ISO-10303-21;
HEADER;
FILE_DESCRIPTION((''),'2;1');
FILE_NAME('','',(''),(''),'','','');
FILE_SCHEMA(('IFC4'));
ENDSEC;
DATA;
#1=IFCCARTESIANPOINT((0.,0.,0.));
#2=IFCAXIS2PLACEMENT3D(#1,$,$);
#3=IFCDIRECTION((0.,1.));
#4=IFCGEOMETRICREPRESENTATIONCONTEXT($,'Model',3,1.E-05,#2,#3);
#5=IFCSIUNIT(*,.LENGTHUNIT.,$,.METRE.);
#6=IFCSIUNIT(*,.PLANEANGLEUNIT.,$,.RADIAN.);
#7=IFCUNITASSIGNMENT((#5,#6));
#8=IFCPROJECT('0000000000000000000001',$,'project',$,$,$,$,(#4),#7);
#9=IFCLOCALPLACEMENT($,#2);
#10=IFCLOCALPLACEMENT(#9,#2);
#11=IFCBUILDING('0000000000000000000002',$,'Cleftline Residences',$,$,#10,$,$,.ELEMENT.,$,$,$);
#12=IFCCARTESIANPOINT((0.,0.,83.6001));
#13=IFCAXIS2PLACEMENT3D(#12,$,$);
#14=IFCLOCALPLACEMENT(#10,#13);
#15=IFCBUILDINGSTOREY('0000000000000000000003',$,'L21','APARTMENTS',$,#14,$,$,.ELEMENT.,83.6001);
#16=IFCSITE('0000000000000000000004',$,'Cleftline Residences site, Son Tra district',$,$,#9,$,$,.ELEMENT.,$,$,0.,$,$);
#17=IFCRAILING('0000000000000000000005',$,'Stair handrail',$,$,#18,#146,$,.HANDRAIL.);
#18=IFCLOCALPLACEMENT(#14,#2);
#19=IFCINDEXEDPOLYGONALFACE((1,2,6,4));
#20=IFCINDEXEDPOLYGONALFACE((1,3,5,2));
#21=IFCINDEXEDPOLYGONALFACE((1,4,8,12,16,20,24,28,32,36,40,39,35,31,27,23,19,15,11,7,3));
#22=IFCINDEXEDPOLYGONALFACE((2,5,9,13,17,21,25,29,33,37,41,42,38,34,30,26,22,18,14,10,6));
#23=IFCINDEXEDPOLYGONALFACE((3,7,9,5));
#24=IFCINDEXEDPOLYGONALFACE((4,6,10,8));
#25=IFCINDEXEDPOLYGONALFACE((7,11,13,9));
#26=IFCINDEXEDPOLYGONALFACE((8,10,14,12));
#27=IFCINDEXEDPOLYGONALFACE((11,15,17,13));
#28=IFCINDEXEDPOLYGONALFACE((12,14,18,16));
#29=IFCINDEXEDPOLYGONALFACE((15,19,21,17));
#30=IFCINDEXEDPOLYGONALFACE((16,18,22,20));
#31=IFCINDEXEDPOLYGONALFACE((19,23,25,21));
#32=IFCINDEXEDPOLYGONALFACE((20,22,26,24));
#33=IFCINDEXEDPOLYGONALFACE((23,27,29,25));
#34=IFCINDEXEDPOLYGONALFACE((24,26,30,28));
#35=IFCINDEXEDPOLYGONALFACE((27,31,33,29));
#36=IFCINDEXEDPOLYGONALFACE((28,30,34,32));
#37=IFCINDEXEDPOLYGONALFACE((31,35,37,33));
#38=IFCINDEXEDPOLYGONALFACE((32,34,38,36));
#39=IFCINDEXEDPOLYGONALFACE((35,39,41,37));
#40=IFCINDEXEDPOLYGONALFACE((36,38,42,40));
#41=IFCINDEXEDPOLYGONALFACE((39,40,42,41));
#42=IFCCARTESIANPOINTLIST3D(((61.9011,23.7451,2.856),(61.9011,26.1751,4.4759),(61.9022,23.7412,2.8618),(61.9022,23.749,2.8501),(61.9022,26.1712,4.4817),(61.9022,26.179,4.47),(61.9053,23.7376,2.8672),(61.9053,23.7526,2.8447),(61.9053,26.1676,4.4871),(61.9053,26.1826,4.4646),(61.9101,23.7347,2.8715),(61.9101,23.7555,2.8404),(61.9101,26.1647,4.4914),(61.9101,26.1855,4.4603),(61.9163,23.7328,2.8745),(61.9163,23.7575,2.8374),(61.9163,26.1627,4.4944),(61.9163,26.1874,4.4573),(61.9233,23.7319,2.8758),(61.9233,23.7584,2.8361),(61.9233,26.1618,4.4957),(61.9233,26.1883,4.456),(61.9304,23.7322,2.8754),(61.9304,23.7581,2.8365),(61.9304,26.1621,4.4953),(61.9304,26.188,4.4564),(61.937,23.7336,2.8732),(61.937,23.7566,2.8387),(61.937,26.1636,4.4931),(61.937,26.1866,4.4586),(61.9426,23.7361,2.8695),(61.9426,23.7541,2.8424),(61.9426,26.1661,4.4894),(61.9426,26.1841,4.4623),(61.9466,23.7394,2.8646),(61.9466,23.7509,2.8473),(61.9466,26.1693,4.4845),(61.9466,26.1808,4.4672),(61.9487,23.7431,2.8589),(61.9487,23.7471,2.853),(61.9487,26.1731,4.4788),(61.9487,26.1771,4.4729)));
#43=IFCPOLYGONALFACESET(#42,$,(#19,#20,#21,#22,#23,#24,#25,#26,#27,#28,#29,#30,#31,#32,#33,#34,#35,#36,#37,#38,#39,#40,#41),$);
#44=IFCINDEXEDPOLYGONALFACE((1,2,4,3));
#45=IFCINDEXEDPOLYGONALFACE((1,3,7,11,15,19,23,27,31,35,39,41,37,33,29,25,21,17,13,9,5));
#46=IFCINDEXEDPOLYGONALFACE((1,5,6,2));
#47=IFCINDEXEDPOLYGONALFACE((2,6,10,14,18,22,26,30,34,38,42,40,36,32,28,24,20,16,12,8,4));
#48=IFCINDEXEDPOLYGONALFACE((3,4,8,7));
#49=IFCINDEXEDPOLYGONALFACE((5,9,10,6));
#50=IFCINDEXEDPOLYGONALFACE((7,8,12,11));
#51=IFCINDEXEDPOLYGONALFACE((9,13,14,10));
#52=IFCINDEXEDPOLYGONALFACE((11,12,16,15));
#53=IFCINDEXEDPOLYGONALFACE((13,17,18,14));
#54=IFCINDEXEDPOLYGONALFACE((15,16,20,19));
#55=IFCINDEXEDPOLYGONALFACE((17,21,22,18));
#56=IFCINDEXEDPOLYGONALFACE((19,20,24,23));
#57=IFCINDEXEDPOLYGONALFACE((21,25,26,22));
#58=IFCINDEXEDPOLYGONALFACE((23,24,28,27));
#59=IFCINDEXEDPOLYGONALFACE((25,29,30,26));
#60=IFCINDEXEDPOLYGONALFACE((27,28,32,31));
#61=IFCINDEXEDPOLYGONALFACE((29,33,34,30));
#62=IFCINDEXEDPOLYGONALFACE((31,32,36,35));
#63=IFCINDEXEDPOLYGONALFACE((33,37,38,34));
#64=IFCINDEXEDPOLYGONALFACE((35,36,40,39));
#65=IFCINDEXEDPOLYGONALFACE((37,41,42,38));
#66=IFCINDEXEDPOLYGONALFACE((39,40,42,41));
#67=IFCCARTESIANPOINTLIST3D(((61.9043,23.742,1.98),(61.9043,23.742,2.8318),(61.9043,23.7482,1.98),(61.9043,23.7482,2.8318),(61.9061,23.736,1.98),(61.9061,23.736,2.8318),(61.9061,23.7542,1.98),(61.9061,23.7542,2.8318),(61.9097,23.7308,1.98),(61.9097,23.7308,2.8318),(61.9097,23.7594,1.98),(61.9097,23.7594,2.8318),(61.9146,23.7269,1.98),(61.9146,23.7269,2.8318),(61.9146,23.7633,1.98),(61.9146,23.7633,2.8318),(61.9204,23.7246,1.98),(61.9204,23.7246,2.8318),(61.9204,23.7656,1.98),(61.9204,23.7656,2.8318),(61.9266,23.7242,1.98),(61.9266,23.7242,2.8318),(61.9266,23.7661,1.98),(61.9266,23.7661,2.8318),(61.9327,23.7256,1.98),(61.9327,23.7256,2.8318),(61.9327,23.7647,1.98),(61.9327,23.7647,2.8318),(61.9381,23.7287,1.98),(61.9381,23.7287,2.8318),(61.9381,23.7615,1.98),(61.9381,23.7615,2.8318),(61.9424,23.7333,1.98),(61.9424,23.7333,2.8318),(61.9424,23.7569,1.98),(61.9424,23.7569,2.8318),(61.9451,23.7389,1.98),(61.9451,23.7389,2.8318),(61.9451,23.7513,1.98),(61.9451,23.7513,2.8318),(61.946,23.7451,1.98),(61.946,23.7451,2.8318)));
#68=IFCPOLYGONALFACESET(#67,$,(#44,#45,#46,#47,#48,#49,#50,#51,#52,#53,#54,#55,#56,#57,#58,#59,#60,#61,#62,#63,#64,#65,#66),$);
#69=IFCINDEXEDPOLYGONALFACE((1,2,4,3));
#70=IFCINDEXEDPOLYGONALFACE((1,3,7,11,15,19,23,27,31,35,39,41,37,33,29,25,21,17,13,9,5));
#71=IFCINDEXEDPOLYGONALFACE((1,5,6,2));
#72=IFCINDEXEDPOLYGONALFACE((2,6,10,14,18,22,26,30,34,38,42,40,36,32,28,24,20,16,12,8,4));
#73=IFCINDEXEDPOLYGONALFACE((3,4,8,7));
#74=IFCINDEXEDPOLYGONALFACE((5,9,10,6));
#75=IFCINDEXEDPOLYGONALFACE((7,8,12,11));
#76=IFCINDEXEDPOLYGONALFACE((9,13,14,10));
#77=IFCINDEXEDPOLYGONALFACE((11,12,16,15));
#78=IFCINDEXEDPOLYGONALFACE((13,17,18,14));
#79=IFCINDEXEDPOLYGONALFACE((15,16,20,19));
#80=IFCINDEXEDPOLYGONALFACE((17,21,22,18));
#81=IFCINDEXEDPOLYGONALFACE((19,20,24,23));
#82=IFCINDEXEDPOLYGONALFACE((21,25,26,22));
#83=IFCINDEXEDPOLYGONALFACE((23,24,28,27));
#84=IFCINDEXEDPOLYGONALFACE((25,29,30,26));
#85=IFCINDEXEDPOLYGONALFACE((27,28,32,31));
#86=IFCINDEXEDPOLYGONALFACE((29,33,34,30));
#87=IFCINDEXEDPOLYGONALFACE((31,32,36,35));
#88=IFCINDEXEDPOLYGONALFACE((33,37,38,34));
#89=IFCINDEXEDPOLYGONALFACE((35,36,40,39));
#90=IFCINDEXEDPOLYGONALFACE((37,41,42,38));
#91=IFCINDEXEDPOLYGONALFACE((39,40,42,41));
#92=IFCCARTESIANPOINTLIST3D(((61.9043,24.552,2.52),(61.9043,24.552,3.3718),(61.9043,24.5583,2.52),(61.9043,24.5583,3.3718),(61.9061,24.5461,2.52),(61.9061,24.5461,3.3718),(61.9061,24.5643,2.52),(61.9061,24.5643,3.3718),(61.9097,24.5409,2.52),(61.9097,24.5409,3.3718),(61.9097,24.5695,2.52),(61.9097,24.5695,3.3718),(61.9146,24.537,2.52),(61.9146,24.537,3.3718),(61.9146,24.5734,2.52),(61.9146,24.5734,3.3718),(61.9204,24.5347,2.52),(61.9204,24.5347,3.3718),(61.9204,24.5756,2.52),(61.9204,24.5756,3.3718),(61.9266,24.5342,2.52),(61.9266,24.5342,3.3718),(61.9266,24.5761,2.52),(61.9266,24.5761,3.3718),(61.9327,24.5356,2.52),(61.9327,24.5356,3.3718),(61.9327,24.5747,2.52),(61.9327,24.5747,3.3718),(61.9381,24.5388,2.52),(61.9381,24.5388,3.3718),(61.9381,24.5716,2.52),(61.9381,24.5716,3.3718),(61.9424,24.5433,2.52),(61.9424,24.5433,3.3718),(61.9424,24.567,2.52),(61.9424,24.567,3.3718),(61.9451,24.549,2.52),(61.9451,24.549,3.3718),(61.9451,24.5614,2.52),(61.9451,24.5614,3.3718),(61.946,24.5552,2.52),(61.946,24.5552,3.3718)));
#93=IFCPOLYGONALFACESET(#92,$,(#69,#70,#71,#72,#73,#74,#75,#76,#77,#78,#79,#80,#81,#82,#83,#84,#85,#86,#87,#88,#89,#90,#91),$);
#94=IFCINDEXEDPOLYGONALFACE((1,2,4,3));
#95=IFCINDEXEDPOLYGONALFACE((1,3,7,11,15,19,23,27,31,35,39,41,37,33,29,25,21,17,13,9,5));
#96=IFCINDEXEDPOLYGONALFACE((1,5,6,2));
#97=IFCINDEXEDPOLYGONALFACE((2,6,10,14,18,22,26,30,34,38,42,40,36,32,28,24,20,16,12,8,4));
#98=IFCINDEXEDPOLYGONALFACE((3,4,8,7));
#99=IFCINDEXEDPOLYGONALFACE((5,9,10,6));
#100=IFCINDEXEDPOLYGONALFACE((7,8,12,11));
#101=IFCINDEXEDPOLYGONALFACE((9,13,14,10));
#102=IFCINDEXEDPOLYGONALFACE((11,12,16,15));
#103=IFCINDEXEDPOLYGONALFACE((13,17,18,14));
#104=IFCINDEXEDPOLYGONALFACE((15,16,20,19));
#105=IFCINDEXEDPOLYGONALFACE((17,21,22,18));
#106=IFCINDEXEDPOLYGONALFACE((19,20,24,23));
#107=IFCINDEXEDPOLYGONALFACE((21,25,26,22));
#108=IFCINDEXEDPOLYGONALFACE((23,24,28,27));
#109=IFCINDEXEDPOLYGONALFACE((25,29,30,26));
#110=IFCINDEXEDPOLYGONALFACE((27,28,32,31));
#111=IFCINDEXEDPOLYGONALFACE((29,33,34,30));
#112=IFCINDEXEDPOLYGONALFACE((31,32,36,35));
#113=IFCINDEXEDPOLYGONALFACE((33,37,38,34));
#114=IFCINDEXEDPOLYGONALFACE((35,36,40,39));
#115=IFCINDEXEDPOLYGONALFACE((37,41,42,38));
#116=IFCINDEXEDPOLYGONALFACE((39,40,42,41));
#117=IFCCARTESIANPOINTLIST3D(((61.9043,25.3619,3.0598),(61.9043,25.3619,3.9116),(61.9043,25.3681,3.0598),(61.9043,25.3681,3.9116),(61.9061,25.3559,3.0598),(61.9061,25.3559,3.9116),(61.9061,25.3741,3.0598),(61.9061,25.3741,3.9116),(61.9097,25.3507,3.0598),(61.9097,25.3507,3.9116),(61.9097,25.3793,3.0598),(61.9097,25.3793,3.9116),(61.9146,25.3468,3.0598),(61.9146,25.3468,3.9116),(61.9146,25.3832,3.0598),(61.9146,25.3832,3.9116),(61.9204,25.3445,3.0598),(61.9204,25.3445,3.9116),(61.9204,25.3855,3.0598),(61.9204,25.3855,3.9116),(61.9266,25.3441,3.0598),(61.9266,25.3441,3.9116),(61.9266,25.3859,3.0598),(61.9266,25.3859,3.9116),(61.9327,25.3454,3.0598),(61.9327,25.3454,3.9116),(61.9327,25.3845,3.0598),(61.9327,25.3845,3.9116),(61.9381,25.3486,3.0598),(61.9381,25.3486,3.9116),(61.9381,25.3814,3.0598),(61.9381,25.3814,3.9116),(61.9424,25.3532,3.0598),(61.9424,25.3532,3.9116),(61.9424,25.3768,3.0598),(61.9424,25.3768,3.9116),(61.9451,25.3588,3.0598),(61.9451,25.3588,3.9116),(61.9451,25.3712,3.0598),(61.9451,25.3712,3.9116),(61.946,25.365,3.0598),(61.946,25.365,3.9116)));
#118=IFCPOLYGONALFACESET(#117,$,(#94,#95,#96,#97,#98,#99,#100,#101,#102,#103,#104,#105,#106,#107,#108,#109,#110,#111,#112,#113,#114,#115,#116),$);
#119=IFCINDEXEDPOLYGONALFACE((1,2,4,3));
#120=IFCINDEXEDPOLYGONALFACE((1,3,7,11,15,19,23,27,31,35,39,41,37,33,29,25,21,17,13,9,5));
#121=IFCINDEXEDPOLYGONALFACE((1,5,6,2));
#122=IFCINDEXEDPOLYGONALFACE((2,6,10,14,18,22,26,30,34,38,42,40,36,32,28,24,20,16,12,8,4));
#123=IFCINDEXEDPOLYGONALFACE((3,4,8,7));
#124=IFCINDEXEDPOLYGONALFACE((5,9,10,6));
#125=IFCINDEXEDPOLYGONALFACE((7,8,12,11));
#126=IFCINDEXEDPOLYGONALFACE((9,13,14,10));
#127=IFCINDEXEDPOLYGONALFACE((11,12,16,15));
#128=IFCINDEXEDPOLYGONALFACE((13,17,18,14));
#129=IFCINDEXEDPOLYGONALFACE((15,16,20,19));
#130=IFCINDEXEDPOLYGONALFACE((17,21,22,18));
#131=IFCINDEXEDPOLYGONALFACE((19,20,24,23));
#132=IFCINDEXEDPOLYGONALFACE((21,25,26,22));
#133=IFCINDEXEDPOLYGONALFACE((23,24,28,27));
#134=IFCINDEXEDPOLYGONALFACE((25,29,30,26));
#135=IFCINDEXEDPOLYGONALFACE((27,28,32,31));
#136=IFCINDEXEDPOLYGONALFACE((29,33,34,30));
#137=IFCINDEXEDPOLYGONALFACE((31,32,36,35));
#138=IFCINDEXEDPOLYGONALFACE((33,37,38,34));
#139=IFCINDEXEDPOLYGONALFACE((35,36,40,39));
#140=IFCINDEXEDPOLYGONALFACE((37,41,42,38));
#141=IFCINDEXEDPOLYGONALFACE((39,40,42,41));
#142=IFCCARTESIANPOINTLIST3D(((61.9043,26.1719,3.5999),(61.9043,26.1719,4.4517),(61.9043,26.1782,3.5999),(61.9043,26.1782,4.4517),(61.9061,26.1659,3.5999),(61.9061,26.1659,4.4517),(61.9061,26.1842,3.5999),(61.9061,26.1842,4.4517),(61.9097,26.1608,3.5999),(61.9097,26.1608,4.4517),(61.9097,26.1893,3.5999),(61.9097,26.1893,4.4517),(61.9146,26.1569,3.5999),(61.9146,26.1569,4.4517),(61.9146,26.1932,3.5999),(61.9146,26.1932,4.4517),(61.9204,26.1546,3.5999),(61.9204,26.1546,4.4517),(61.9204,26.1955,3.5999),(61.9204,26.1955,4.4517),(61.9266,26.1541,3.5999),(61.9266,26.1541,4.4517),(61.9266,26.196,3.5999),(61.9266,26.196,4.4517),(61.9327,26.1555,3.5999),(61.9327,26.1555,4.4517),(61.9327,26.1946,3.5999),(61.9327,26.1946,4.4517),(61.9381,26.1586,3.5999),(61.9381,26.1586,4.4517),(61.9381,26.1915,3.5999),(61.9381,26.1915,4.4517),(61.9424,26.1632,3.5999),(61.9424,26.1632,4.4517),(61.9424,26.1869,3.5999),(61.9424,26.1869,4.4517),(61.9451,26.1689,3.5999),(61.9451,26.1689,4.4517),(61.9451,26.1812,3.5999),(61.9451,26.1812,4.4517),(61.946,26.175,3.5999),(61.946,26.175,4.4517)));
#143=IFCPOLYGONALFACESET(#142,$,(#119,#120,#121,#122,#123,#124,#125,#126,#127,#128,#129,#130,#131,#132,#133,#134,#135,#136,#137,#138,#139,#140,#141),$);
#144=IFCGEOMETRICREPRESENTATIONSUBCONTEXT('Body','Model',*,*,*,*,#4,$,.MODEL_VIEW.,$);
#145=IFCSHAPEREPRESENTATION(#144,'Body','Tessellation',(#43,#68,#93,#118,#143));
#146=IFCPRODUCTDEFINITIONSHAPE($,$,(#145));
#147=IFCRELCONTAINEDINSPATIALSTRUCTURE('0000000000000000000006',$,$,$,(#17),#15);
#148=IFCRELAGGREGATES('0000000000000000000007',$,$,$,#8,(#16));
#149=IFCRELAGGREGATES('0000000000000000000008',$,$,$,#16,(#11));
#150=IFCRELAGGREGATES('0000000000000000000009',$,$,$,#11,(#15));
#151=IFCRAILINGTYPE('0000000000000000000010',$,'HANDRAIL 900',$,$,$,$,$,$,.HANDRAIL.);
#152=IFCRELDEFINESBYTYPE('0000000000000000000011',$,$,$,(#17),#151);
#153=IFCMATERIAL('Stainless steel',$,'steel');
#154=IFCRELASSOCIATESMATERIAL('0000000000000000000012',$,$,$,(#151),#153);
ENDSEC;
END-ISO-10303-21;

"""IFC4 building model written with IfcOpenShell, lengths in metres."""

from ifc_helpers import new_model, si_unit, direction, frame, origin, origin_2d, place, context, subcontext, project, spatial, circle, extrude, material, type_object, element, save


model = new_model("IFC4")

# Units and contexts
model_context = context("Model", 3, precision=1e-05, world=origin(), true_north=direction((0.0, 1.0)))
body_context = subcontext(model_context, "Body", "Model", "MODEL_VIEW")
ifc_project = project(units=[si_unit("LENGTHUNIT", "METRE"), si_unit("PLANEANGLEUNIT", "RADIAN")], contexts=[model_context])

# Site, building, storey
site_placement = place(None, origin())
site = spatial("IfcSite", under=ifc_project, at=site_placement, Name="Cleftline Residences site, Son Tra district", CompositionType="ELEMENT", RefElevation=0.0)
building_placement = place(site_placement, origin())
building = spatial("IfcBuilding", under=site, at=building_placement, Name="Cleftline Residences", CompositionType="ELEMENT")
storey_placement = place(building_placement, frame((0.0, 0.0, 83.6001)))
storey = spatial("IfcBuildingStorey", under=building, at=storey_placement, Name="L21", Description="APARTMENTS", CompositionType="ELEMENT", Elevation=83.6001)

# Railing
ifc_material_1 = material(Name="Stainless steel", Category="steel")
railing_type = type_object("IfcRailingType", Name="HANDRAIL 900", PredefinedType="HANDRAIL", material=ifc_material_1)
railing_placement = place(storey_placement, frame((61.925, 23.7451, 1.98)))
element("IfcRailing", 1, at=railing_placement, inside=storey, type_object=railing_type, Name="Stair handrail", PredefinedType="HANDRAIL", context=body_context, shape_type="SweptSolid", body=[
    extrude(circle(Radius=0.0239, at=origin_2d()), frame((0.0, 0.0, 0.876), z_axis=(0.0, 0.832063, 0.554681), x_axis=(-1.0, 0.0, 0.0)), (0.0, 0.0, 1.0), 2.9204),
    extrude(circle(Radius=0.021, at=origin_2d()), origin(), (0.0, 0.0, 1.0), 0.8518),
    extrude(circle(Radius=0.021, at=origin_2d()), frame((0.0, 0.8101, 0.54)), (0.0, 0.0, 1.0), 0.8518),
    extrude(circle(Radius=0.021, at=origin_2d()), frame((0.0, 1.6199, 1.0798)), (0.0, 0.0, 1.0), 0.8518),
    extrude(circle(Radius=0.021, at=origin_2d()), frame((0.0, 2.4299, 1.6199)), (0.0, 0.0, 1.0), 0.8518),
])

save(model, "model.ifc")
